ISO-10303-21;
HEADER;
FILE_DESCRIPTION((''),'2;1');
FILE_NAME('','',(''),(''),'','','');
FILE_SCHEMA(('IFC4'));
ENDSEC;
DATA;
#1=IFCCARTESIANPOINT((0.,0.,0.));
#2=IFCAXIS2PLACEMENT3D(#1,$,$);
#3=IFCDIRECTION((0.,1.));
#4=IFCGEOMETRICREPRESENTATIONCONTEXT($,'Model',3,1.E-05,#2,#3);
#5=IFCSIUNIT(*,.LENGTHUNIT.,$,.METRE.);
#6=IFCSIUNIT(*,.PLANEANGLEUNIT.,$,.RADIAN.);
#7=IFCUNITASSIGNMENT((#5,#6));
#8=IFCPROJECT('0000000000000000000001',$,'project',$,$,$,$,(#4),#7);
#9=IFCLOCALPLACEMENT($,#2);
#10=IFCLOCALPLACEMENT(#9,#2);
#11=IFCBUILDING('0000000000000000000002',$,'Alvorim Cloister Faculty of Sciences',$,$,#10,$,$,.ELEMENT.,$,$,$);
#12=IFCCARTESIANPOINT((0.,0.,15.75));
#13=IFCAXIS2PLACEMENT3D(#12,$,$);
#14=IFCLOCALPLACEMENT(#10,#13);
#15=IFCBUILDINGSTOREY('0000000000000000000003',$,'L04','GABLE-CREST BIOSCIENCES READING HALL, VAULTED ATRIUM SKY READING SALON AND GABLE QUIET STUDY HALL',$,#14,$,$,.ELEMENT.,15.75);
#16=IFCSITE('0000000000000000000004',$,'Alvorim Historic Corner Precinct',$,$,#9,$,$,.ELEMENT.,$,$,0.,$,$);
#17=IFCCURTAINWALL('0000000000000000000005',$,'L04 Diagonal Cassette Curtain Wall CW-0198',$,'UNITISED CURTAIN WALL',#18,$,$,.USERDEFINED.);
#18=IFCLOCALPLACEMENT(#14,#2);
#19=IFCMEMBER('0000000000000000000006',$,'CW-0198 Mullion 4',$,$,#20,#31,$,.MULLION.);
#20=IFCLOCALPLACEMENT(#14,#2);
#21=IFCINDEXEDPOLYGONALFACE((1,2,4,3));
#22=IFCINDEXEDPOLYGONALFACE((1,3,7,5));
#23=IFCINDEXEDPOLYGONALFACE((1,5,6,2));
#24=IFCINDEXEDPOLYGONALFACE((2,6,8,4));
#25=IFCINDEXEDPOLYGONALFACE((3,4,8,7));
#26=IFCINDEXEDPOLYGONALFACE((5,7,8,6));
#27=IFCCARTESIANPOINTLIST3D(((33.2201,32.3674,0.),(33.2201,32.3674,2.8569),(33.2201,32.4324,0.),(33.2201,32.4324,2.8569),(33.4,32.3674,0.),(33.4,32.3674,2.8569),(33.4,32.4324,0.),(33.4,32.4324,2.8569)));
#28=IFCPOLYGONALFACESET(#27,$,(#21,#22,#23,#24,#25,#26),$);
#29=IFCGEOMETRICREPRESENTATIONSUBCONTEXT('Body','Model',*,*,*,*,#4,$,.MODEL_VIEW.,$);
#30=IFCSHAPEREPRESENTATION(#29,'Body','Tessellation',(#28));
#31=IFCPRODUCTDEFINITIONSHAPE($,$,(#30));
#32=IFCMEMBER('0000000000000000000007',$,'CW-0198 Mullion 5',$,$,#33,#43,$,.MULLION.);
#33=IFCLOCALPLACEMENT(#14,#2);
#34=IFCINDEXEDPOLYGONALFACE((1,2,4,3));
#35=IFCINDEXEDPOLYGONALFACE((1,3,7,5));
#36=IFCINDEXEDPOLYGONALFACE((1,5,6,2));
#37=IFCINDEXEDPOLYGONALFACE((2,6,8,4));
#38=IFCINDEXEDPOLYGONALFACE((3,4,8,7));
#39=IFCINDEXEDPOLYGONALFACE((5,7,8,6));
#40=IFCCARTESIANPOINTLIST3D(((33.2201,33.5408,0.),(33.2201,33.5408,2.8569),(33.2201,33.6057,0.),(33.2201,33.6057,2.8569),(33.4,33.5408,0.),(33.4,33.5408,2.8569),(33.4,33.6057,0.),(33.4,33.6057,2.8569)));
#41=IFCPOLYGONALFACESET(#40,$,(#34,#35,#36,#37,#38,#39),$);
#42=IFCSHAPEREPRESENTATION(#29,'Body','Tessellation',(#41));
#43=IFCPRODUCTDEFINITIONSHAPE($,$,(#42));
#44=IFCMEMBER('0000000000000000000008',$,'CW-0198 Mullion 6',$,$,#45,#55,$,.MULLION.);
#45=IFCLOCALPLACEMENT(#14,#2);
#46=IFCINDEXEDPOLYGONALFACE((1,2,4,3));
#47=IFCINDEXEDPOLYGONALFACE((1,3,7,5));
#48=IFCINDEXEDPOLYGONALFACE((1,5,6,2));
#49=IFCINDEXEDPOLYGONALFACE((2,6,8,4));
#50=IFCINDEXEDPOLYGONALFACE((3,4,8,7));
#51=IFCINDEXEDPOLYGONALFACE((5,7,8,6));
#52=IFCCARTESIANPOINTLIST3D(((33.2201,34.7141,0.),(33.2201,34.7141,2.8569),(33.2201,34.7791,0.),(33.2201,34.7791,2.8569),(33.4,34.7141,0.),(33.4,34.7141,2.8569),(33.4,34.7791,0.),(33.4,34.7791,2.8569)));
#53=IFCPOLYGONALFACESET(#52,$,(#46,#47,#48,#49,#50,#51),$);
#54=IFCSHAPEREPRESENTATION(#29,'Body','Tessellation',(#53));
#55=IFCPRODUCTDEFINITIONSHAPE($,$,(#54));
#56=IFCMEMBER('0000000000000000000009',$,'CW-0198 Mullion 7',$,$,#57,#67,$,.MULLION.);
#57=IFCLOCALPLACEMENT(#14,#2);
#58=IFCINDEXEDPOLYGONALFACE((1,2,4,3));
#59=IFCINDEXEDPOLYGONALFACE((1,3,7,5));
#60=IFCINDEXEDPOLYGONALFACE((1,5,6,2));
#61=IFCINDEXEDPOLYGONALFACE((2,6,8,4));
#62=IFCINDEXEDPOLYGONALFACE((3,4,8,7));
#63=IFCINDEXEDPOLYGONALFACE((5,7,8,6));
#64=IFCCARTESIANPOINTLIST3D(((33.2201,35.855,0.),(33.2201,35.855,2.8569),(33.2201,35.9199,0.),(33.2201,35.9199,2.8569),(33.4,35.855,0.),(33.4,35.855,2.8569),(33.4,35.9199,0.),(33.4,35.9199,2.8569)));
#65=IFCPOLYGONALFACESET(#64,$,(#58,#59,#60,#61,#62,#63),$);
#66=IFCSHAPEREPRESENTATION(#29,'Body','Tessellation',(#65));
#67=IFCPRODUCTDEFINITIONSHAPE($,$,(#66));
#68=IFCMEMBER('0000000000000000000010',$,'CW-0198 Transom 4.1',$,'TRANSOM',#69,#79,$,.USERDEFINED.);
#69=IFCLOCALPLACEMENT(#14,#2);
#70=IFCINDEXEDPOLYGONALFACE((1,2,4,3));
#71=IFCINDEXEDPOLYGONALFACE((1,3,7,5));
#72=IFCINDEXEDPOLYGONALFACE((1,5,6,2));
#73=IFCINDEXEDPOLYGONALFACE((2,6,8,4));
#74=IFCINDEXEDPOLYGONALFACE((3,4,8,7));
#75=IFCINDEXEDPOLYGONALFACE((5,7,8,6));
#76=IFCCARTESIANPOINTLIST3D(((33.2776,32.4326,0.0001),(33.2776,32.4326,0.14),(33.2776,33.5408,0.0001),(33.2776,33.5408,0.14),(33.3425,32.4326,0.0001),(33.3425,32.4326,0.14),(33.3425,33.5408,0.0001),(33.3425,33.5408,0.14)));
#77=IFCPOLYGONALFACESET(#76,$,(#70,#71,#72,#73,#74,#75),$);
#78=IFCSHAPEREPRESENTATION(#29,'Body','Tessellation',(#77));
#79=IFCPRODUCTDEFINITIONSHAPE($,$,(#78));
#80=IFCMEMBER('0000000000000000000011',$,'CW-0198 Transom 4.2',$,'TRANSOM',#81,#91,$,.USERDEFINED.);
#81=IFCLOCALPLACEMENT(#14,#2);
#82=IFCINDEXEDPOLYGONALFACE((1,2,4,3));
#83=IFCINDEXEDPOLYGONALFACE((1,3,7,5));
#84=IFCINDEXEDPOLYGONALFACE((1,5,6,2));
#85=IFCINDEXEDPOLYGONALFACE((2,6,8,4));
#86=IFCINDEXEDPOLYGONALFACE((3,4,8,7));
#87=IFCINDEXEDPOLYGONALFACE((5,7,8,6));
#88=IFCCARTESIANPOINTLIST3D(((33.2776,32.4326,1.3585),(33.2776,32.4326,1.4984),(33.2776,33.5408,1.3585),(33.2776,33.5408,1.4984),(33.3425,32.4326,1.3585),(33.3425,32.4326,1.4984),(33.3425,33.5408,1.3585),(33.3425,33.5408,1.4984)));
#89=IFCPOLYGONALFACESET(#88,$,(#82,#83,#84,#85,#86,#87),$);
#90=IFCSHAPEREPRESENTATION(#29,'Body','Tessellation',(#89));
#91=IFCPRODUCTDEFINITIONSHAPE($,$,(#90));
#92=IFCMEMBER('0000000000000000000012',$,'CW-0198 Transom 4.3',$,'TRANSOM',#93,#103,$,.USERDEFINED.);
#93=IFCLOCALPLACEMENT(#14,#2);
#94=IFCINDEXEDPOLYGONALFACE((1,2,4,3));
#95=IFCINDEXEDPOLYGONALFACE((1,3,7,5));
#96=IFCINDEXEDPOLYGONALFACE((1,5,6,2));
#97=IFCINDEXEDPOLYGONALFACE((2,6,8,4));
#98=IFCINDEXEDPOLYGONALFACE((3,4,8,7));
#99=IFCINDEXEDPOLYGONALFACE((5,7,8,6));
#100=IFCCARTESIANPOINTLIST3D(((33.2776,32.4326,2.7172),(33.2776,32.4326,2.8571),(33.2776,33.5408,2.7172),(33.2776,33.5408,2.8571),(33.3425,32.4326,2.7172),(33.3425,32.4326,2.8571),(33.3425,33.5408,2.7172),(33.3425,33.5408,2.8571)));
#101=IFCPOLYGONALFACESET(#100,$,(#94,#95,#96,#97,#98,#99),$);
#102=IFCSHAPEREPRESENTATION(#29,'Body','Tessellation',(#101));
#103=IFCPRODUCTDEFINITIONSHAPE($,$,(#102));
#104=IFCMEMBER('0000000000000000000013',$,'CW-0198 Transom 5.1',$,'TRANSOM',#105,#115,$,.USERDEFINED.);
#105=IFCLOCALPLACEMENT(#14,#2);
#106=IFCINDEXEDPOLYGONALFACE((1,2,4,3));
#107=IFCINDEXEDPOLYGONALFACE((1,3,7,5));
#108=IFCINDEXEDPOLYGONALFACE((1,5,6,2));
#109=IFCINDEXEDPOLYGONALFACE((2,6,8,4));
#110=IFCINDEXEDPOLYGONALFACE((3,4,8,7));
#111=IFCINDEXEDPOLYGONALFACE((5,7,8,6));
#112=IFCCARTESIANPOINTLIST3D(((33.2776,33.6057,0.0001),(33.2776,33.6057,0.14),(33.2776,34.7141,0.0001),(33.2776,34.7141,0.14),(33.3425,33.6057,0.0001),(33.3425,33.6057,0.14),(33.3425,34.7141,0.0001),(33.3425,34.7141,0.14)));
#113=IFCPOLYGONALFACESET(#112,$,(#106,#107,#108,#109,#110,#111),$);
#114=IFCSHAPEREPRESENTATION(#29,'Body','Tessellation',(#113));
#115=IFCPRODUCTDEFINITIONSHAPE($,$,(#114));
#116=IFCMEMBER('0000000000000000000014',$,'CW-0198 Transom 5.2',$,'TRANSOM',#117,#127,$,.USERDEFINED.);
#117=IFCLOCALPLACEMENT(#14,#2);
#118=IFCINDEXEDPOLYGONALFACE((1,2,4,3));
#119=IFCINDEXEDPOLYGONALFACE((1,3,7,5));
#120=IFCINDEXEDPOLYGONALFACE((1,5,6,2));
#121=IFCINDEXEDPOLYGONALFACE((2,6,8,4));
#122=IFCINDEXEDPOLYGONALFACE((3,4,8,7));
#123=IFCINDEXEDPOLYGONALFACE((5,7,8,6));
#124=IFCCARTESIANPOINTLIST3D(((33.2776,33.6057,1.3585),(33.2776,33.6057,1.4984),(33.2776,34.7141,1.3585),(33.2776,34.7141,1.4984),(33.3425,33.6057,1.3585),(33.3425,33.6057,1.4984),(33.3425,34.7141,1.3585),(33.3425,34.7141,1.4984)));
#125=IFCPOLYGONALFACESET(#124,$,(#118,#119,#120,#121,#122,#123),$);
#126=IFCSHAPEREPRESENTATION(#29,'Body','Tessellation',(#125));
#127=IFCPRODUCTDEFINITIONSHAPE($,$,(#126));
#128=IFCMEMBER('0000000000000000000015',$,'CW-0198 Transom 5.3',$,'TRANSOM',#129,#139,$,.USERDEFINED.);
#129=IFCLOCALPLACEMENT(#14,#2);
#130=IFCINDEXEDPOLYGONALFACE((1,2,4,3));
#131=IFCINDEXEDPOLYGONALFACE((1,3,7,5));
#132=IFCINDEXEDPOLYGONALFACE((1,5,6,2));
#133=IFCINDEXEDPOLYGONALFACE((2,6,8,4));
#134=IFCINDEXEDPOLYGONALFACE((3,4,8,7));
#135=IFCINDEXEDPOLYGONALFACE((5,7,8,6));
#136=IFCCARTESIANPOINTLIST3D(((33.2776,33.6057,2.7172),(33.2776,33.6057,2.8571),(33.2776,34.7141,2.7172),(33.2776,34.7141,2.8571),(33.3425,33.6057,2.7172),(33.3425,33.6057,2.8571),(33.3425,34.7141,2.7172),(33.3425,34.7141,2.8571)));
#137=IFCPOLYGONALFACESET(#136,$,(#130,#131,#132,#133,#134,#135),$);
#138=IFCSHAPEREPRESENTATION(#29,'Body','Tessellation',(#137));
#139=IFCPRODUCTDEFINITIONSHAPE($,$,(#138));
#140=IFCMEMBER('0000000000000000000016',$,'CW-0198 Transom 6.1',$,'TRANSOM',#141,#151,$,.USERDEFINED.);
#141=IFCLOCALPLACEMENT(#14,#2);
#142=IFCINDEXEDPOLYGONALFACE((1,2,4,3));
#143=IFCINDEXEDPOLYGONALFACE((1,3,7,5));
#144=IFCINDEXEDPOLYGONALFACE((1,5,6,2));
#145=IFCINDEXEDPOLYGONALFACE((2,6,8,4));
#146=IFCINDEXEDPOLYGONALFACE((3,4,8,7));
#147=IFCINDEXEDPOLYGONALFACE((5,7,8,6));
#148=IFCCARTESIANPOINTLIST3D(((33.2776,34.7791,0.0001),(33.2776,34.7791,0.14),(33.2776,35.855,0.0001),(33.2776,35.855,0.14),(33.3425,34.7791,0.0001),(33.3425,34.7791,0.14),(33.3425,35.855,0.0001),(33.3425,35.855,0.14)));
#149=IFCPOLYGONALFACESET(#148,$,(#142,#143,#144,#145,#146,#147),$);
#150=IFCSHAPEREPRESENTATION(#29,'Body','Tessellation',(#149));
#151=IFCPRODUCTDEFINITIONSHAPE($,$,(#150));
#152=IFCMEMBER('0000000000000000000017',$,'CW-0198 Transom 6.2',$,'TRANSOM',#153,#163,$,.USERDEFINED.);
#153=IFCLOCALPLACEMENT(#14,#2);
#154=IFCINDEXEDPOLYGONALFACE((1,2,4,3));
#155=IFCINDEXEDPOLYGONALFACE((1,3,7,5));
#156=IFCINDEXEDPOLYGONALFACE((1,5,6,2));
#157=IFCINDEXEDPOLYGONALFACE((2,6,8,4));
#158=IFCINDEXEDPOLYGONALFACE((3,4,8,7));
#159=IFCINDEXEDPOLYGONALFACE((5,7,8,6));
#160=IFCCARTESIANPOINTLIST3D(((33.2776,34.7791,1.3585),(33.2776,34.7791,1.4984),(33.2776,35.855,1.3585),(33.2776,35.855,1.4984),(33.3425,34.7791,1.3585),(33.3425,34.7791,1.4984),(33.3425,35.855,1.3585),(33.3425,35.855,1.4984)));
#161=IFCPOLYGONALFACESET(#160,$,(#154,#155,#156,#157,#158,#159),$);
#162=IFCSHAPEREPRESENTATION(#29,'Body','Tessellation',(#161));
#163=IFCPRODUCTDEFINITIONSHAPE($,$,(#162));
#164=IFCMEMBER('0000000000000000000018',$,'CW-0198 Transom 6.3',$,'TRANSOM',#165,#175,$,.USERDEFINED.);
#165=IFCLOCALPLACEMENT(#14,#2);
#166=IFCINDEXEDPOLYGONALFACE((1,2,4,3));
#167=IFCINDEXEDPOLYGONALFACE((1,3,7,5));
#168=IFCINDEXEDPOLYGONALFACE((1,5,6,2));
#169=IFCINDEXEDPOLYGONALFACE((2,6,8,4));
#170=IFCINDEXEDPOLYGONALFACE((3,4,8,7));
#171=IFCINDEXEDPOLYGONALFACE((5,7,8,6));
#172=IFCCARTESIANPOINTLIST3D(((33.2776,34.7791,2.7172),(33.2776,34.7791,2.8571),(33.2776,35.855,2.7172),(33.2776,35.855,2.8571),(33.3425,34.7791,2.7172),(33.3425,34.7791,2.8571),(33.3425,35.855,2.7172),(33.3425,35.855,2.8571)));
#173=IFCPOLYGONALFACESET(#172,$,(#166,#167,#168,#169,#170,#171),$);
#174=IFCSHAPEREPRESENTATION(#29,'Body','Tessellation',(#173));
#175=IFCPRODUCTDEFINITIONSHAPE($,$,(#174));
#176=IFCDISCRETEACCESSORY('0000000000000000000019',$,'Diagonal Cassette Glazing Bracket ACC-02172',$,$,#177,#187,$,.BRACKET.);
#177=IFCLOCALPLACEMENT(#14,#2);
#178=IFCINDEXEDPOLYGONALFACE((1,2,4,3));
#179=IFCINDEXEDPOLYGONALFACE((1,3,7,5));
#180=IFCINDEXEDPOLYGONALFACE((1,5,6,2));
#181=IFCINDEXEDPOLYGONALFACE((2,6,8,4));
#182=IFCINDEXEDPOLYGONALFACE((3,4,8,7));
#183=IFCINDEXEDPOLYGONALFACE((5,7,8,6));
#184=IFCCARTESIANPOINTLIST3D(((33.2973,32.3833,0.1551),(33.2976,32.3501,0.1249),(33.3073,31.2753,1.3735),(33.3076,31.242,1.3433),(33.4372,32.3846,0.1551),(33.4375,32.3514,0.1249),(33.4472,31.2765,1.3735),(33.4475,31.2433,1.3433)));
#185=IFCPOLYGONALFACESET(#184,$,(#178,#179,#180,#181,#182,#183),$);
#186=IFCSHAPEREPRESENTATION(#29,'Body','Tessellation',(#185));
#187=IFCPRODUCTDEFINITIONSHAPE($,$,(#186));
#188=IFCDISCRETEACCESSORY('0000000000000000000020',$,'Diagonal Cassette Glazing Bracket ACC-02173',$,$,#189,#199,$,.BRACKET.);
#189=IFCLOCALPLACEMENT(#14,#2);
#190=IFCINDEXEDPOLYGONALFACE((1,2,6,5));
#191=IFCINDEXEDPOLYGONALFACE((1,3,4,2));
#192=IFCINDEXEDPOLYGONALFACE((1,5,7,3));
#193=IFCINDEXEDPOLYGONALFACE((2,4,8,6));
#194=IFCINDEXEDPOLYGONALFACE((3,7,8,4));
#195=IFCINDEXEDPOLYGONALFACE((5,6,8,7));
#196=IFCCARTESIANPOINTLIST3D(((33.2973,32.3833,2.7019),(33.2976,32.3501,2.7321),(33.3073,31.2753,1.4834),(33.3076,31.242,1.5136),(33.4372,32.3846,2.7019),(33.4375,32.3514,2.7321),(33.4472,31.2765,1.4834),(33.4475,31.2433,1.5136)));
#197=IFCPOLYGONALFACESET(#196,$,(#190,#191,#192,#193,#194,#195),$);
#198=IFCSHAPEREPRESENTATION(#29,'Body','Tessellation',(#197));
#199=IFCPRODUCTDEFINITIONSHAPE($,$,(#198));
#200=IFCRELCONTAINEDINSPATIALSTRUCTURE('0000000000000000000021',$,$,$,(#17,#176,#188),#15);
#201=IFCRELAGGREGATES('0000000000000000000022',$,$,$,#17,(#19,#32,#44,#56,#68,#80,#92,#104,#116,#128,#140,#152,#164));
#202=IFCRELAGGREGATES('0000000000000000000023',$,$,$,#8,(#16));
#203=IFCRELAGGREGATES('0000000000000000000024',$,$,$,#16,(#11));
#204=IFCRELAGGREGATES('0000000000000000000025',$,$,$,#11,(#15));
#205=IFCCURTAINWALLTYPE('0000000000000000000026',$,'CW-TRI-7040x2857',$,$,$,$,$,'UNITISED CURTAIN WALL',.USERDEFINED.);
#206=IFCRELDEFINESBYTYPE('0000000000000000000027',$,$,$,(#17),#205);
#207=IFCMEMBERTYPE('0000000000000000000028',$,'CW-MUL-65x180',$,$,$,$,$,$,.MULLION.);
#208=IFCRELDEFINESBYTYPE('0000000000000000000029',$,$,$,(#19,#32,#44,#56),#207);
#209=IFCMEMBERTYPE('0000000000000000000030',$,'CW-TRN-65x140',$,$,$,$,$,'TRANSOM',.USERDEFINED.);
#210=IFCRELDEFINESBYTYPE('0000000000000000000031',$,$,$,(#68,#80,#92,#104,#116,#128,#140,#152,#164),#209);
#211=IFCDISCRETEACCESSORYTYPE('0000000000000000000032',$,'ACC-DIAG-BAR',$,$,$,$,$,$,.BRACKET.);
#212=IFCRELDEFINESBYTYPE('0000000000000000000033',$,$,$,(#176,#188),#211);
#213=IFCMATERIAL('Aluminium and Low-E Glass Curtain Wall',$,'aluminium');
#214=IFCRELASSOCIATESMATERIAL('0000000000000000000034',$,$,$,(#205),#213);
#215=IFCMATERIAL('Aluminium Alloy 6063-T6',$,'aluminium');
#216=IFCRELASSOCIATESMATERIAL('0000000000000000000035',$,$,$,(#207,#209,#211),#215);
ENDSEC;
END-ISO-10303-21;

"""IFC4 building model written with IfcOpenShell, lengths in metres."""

from ifc_helpers import new_model, si_unit, direction, frame, origin, origin_2d, place, context, subcontext, project, spatial, rectangle, extrude, material, material_profile, profile_set, type_object, element, aggregate, save


model = new_model("IFC4")

# Units and contexts
model_context = context("Model", 3, precision=1e-05, world=origin(), true_north=direction((0.0, 1.0)))
body_context = subcontext(model_context, "Body", "Model", "MODEL_VIEW")
ifc_project = project(units=[si_unit("LENGTHUNIT", "METRE"), si_unit("PLANEANGLEUNIT", "RADIAN")], contexts=[model_context])

# Site, building, storey
site_placement = place(None, origin())
site = spatial("IfcSite", under=ifc_project, at=site_placement, Name="Alvorim Historic Corner Precinct", CompositionType="ELEMENT", RefElevation=0.0)
building_placement = place(site_placement, origin())
building = spatial("IfcBuilding", under=site, at=building_placement, Name="Alvorim Cloister Faculty of Sciences", CompositionType="ELEMENT")
storey_placement = place(building_placement, frame((0.0, 0.0, 15.75)))
storey = spatial("IfcBuildingStorey", under=building, at=storey_placement, Name="L04", Description="GABLE-CREST BIOSCIENCES READING HALL, VAULTED ATRIUM SKY READING SALON AND GABLE QUIET STUDY HALL", CompositionType="ELEMENT", Elevation=15.75)

# Curtain wall, members
ifc_material_1 = material(Name="Aluminium and Low-E Glass Curtain Wall", Category="aluminium")
curtain_wall_type = type_object("IfcCurtainWallType", Name="CW-TRI-7040x2857", ElementType="UNITISED CURTAIN WALL", PredefinedType="USERDEFINED", material=ifc_material_1)
curtain_wall_placement = place(storey_placement, origin())
curtain_wall = element("IfcCurtainWall", 1, at=curtain_wall_placement, inside=storey, type_object=curtain_wall_type, Name="L04 Diagonal Cassette Curtain Wall CW-0198", ObjectType="UNITISED CURTAIN WALL", PredefinedType="USERDEFINED")
ifc_material_2 = material(Name="Aluminium Alloy 6063-T6", Category="aluminium")
ifc_material_profile_1 = material_profile(ifc_material_2, rectangle(XDim=0.0649, YDim=0.1799, at=origin_2d()), Name="ALU-MUL-65x180")
ifc_profile_set_1 = profile_set([ifc_material_profile_1], Name="Aluminium Alloy 6063-T6")
member_type_1 = type_object("IfcMemberType", Name="CW-MUL-65x180", PredefinedType="MULLION", material=ifc_profile_set_1)
member_1_placement = place(storey_placement, frame((33.3101, 32.3999, 0.0), z_axis=(0.0, 0.0, 1.0), x_axis=(0.0, 1.0, 0.0)))
member_1 = element("IfcMember", 2, at=member_1_placement, type_object=member_type_1, Name="CW-0198 Mullion 4", PredefinedType="MULLION", context=body_context, shape_type="SweptSolid", body=[
    extrude(rectangle(XDim=0.0649, YDim=0.1799, at=origin_2d()), origin(), (0.0, 0.0, 1.0), 2.8569),
])
member_2_placement = place(storey_placement, frame((33.3101, 33.5732, 0.0), z_axis=(0.0, 0.0, 1.0), x_axis=(0.0, 1.0, 0.0)))
member_2 = element("IfcMember", 3, at=member_2_placement, type_object=member_type_1, Name="CW-0198 Mullion 5", PredefinedType="MULLION", context=body_context, shape_type="SweptSolid", body=[
    extrude(rectangle(XDim=0.0649, YDim=0.1799, at=origin_2d()), origin(), (0.0, 0.0, 1.0), 2.8569),
])
member_3_placement = place(storey_placement, frame((33.3101, 34.7466, 0.0), z_axis=(0.0, 0.0, 1.0), x_axis=(0.0, 1.0, 0.0)))
member_3 = element("IfcMember", 4, at=member_3_placement, type_object=member_type_1, Name="CW-0198 Mullion 6", PredefinedType="MULLION", context=body_context, shape_type="SweptSolid", body=[
    extrude(rectangle(XDim=0.0649, YDim=0.1799, at=origin_2d()), origin(), (0.0, 0.0, 1.0), 2.8569),
])
member_4_placement = place(storey_placement, frame((33.3101, 35.8875, 0.0), z_axis=(0.0, 0.0, 1.0), x_axis=(0.0, 1.0, 0.0)))
member_4 = element("IfcMember", 5, at=member_4_placement, type_object=member_type_1, Name="CW-0198 Mullion 7", PredefinedType="MULLION", context=body_context, shape_type="SweptSolid", body=[
    extrude(rectangle(XDim=0.0649, YDim=0.1799, at=origin_2d()), origin(), (0.0, 0.0, 1.0), 2.8569),
])
ifc_material_profile_2 = material_profile(ifc_material_2, rectangle(XDim=0.0649, YDim=0.1399, at=origin_2d()), Name="ALU-TRN-65x140")
ifc_profile_set_2 = profile_set([ifc_material_profile_2], Name="Aluminium Alloy 6063-T6")
member_type_2 = type_object("IfcMemberType", Name="CW-TRN-65x140", ElementType="TRANSOM", PredefinedType="USERDEFINED", material=ifc_profile_set_2)
member_5_placement = place(storey_placement, frame((33.3101, 32.4326, 0.0701), z_axis=(0.0, 1.0, 0.0), x_axis=(-1.0, 0.0, 0.0)))
member_5 = element("IfcMember", 6, at=member_5_placement, type_object=member_type_2, Name="CW-0198 Transom 4.1", ObjectType="TRANSOM", PredefinedType="USERDEFINED", context=body_context, shape_type="SweptSolid", body=[
    extrude(rectangle(XDim=0.0649, YDim=0.1399, at=origin_2d()), origin(), (0.0, 0.0, 1.0), 1.1082),
])
member_6_placement = place(storey_placement, frame((33.3101, 32.4326, 1.4285), z_axis=(0.0, 1.0, 0.0), x_axis=(-1.0, 0.0, 0.0)))
member_6 = element("IfcMember", 7, at=member_6_placement, type_object=member_type_2, Name="CW-0198 Transom 4.2", ObjectType="TRANSOM", PredefinedType="USERDEFINED", context=body_context, shape_type="SweptSolid", body=[
    extrude(rectangle(XDim=0.0649, YDim=0.1399, at=origin_2d()), origin(), (0.0, 0.0, 1.0), 1.1082),
])
member_7_placement = place(storey_placement, frame((33.3101, 32.4326, 2.7871), z_axis=(0.0, 1.0, 0.0), x_axis=(-1.0, 0.0, 0.0)))
member_7 = element("IfcMember", 8, at=member_7_placement, type_object=member_type_2, Name="CW-0198 Transom 4.3", ObjectType="TRANSOM", PredefinedType="USERDEFINED", context=body_context, shape_type="SweptSolid", body=[
    extrude(rectangle(XDim=0.0649, YDim=0.1399, at=origin_2d()), origin(), (0.0, 0.0, 1.0), 1.1082),
])
member_8_placement = place(storey_placement, frame((33.3101, 33.6057, 0.0701), z_axis=(0.0, 1.0, 0.0), x_axis=(-1.0, 0.0, 0.0)))
member_8 = element("IfcMember", 9, at=member_8_placement, type_object=member_type_2, Name="CW-0198 Transom 5.1", ObjectType="TRANSOM", PredefinedType="USERDEFINED", context=body_context, shape_type="SweptSolid", body=[
    extrude(rectangle(XDim=0.0649, YDim=0.1399, at=origin_2d()), origin(), (0.0, 0.0, 1.0), 1.1084),
])
member_9_placement = place(storey_placement, frame((33.3101, 33.6057, 1.4285), z_axis=(0.0, 1.0, 0.0), x_axis=(-1.0, 0.0, 0.0)))
member_9 = element("IfcMember", 10, at=member_9_placement, type_object=member_type_2, Name="CW-0198 Transom 5.2", ObjectType="TRANSOM", PredefinedType="USERDEFINED", context=body_context, shape_type="SweptSolid", body=[
    extrude(rectangle(XDim=0.0649, YDim=0.1399, at=origin_2d()), origin(), (0.0, 0.0, 1.0), 1.1084),
])
member_10_placement = place(storey_placement, frame((33.3101, 33.6057, 2.7871), z_axis=(0.0, 1.0, 0.0), x_axis=(-1.0, 0.0, 0.0)))
member_10 = element("IfcMember", 11, at=member_10_placement, type_object=member_type_2, Name="CW-0198 Transom 5.3", ObjectType="TRANSOM", PredefinedType="USERDEFINED", context=body_context, shape_type="SweptSolid", body=[
    extrude(rectangle(XDim=0.0649, YDim=0.1399, at=origin_2d()), origin(), (0.0, 0.0, 1.0), 1.1084),
])
member_11_placement = place(storey_placement, frame((33.3101, 34.7791, 0.0701), z_axis=(0.0, 1.0, 0.0), x_axis=(-1.0, 0.0, 0.0)))
member_11 = element("IfcMember", 12, at=member_11_placement, type_object=member_type_2, Name="CW-0198 Transom 6.1", ObjectType="TRANSOM", PredefinedType="USERDEFINED", context=body_context, shape_type="SweptSolid", body=[
    extrude(rectangle(XDim=0.0649, YDim=0.1399, at=origin_2d()), origin(), (0.0, 0.0, 1.0), 1.0759),
])
member_12_placement = place(storey_placement, frame((33.3101, 34.7791, 1.4285), z_axis=(0.0, 1.0, 0.0), x_axis=(-1.0, 0.0, 0.0)))
member_12 = element("IfcMember", 13, at=member_12_placement, type_object=member_type_2, Name="CW-0198 Transom 6.2", ObjectType="TRANSOM", PredefinedType="USERDEFINED", context=body_context, shape_type="SweptSolid", body=[
    extrude(rectangle(XDim=0.0649, YDim=0.1399, at=origin_2d()), origin(), (0.0, 0.0, 1.0), 1.0759),
])
member_13_placement = place(storey_placement, frame((33.3101, 34.7791, 2.7871), z_axis=(0.0, 1.0, 0.0), x_axis=(-1.0, 0.0, 0.0)))
member_13 = element("IfcMember", 14, at=member_13_placement, type_object=member_type_2, Name="CW-0198 Transom 6.3", ObjectType="TRANSOM", PredefinedType="USERDEFINED", context=body_context, shape_type="SweptSolid", body=[
    extrude(rectangle(XDim=0.0649, YDim=0.1399, at=origin_2d()), origin(), (0.0, 0.0, 1.0), 1.0759),
])
aggregate(curtain_wall, [member_1, member_2, member_3, member_4, member_5, member_6, member_7, member_8, member_9, member_10, member_11, member_12, member_13])

# Discrete accessories
discrete_accessory_type = type_object("IfcDiscreteAccessoryType", Name="ACC-DIAG-BAR", PredefinedType="BRACKET", material=ifc_material_2)
for number, where, z_axis, x_axis, name in (
    (15, (33.3774, 31.2593, 1.3584), (-0.006077, 0.672801, -0.739799), (-0.999959, -0.009032, 0.0), "Diagonal Cassette Glazing Bracket ACC-02172"),
    (16, (33.3774, 31.2593, 1.4985), (-0.006077, 0.672801, 0.739799), (-0.999959, -0.009032, 0.0), "Diagonal Cassette Glazing Bracket ACC-02173"),
):
    element("IfcDiscreteAccessory", number, at=place(storey_placement, frame(where, z_axis=z_axis, x_axis=x_axis)), inside=storey, type_object=discrete_accessory_type, Name=name, PredefinedType="BRACKET", context=body_context, shape_type="SweptSolid", body=[
        extrude(rectangle(XDim=0.1399, YDim=0.0449, at=origin_2d()), origin(), (0.0, 0.0, 1.0), 1.647),
    ])

save(model, "model.ifc")
